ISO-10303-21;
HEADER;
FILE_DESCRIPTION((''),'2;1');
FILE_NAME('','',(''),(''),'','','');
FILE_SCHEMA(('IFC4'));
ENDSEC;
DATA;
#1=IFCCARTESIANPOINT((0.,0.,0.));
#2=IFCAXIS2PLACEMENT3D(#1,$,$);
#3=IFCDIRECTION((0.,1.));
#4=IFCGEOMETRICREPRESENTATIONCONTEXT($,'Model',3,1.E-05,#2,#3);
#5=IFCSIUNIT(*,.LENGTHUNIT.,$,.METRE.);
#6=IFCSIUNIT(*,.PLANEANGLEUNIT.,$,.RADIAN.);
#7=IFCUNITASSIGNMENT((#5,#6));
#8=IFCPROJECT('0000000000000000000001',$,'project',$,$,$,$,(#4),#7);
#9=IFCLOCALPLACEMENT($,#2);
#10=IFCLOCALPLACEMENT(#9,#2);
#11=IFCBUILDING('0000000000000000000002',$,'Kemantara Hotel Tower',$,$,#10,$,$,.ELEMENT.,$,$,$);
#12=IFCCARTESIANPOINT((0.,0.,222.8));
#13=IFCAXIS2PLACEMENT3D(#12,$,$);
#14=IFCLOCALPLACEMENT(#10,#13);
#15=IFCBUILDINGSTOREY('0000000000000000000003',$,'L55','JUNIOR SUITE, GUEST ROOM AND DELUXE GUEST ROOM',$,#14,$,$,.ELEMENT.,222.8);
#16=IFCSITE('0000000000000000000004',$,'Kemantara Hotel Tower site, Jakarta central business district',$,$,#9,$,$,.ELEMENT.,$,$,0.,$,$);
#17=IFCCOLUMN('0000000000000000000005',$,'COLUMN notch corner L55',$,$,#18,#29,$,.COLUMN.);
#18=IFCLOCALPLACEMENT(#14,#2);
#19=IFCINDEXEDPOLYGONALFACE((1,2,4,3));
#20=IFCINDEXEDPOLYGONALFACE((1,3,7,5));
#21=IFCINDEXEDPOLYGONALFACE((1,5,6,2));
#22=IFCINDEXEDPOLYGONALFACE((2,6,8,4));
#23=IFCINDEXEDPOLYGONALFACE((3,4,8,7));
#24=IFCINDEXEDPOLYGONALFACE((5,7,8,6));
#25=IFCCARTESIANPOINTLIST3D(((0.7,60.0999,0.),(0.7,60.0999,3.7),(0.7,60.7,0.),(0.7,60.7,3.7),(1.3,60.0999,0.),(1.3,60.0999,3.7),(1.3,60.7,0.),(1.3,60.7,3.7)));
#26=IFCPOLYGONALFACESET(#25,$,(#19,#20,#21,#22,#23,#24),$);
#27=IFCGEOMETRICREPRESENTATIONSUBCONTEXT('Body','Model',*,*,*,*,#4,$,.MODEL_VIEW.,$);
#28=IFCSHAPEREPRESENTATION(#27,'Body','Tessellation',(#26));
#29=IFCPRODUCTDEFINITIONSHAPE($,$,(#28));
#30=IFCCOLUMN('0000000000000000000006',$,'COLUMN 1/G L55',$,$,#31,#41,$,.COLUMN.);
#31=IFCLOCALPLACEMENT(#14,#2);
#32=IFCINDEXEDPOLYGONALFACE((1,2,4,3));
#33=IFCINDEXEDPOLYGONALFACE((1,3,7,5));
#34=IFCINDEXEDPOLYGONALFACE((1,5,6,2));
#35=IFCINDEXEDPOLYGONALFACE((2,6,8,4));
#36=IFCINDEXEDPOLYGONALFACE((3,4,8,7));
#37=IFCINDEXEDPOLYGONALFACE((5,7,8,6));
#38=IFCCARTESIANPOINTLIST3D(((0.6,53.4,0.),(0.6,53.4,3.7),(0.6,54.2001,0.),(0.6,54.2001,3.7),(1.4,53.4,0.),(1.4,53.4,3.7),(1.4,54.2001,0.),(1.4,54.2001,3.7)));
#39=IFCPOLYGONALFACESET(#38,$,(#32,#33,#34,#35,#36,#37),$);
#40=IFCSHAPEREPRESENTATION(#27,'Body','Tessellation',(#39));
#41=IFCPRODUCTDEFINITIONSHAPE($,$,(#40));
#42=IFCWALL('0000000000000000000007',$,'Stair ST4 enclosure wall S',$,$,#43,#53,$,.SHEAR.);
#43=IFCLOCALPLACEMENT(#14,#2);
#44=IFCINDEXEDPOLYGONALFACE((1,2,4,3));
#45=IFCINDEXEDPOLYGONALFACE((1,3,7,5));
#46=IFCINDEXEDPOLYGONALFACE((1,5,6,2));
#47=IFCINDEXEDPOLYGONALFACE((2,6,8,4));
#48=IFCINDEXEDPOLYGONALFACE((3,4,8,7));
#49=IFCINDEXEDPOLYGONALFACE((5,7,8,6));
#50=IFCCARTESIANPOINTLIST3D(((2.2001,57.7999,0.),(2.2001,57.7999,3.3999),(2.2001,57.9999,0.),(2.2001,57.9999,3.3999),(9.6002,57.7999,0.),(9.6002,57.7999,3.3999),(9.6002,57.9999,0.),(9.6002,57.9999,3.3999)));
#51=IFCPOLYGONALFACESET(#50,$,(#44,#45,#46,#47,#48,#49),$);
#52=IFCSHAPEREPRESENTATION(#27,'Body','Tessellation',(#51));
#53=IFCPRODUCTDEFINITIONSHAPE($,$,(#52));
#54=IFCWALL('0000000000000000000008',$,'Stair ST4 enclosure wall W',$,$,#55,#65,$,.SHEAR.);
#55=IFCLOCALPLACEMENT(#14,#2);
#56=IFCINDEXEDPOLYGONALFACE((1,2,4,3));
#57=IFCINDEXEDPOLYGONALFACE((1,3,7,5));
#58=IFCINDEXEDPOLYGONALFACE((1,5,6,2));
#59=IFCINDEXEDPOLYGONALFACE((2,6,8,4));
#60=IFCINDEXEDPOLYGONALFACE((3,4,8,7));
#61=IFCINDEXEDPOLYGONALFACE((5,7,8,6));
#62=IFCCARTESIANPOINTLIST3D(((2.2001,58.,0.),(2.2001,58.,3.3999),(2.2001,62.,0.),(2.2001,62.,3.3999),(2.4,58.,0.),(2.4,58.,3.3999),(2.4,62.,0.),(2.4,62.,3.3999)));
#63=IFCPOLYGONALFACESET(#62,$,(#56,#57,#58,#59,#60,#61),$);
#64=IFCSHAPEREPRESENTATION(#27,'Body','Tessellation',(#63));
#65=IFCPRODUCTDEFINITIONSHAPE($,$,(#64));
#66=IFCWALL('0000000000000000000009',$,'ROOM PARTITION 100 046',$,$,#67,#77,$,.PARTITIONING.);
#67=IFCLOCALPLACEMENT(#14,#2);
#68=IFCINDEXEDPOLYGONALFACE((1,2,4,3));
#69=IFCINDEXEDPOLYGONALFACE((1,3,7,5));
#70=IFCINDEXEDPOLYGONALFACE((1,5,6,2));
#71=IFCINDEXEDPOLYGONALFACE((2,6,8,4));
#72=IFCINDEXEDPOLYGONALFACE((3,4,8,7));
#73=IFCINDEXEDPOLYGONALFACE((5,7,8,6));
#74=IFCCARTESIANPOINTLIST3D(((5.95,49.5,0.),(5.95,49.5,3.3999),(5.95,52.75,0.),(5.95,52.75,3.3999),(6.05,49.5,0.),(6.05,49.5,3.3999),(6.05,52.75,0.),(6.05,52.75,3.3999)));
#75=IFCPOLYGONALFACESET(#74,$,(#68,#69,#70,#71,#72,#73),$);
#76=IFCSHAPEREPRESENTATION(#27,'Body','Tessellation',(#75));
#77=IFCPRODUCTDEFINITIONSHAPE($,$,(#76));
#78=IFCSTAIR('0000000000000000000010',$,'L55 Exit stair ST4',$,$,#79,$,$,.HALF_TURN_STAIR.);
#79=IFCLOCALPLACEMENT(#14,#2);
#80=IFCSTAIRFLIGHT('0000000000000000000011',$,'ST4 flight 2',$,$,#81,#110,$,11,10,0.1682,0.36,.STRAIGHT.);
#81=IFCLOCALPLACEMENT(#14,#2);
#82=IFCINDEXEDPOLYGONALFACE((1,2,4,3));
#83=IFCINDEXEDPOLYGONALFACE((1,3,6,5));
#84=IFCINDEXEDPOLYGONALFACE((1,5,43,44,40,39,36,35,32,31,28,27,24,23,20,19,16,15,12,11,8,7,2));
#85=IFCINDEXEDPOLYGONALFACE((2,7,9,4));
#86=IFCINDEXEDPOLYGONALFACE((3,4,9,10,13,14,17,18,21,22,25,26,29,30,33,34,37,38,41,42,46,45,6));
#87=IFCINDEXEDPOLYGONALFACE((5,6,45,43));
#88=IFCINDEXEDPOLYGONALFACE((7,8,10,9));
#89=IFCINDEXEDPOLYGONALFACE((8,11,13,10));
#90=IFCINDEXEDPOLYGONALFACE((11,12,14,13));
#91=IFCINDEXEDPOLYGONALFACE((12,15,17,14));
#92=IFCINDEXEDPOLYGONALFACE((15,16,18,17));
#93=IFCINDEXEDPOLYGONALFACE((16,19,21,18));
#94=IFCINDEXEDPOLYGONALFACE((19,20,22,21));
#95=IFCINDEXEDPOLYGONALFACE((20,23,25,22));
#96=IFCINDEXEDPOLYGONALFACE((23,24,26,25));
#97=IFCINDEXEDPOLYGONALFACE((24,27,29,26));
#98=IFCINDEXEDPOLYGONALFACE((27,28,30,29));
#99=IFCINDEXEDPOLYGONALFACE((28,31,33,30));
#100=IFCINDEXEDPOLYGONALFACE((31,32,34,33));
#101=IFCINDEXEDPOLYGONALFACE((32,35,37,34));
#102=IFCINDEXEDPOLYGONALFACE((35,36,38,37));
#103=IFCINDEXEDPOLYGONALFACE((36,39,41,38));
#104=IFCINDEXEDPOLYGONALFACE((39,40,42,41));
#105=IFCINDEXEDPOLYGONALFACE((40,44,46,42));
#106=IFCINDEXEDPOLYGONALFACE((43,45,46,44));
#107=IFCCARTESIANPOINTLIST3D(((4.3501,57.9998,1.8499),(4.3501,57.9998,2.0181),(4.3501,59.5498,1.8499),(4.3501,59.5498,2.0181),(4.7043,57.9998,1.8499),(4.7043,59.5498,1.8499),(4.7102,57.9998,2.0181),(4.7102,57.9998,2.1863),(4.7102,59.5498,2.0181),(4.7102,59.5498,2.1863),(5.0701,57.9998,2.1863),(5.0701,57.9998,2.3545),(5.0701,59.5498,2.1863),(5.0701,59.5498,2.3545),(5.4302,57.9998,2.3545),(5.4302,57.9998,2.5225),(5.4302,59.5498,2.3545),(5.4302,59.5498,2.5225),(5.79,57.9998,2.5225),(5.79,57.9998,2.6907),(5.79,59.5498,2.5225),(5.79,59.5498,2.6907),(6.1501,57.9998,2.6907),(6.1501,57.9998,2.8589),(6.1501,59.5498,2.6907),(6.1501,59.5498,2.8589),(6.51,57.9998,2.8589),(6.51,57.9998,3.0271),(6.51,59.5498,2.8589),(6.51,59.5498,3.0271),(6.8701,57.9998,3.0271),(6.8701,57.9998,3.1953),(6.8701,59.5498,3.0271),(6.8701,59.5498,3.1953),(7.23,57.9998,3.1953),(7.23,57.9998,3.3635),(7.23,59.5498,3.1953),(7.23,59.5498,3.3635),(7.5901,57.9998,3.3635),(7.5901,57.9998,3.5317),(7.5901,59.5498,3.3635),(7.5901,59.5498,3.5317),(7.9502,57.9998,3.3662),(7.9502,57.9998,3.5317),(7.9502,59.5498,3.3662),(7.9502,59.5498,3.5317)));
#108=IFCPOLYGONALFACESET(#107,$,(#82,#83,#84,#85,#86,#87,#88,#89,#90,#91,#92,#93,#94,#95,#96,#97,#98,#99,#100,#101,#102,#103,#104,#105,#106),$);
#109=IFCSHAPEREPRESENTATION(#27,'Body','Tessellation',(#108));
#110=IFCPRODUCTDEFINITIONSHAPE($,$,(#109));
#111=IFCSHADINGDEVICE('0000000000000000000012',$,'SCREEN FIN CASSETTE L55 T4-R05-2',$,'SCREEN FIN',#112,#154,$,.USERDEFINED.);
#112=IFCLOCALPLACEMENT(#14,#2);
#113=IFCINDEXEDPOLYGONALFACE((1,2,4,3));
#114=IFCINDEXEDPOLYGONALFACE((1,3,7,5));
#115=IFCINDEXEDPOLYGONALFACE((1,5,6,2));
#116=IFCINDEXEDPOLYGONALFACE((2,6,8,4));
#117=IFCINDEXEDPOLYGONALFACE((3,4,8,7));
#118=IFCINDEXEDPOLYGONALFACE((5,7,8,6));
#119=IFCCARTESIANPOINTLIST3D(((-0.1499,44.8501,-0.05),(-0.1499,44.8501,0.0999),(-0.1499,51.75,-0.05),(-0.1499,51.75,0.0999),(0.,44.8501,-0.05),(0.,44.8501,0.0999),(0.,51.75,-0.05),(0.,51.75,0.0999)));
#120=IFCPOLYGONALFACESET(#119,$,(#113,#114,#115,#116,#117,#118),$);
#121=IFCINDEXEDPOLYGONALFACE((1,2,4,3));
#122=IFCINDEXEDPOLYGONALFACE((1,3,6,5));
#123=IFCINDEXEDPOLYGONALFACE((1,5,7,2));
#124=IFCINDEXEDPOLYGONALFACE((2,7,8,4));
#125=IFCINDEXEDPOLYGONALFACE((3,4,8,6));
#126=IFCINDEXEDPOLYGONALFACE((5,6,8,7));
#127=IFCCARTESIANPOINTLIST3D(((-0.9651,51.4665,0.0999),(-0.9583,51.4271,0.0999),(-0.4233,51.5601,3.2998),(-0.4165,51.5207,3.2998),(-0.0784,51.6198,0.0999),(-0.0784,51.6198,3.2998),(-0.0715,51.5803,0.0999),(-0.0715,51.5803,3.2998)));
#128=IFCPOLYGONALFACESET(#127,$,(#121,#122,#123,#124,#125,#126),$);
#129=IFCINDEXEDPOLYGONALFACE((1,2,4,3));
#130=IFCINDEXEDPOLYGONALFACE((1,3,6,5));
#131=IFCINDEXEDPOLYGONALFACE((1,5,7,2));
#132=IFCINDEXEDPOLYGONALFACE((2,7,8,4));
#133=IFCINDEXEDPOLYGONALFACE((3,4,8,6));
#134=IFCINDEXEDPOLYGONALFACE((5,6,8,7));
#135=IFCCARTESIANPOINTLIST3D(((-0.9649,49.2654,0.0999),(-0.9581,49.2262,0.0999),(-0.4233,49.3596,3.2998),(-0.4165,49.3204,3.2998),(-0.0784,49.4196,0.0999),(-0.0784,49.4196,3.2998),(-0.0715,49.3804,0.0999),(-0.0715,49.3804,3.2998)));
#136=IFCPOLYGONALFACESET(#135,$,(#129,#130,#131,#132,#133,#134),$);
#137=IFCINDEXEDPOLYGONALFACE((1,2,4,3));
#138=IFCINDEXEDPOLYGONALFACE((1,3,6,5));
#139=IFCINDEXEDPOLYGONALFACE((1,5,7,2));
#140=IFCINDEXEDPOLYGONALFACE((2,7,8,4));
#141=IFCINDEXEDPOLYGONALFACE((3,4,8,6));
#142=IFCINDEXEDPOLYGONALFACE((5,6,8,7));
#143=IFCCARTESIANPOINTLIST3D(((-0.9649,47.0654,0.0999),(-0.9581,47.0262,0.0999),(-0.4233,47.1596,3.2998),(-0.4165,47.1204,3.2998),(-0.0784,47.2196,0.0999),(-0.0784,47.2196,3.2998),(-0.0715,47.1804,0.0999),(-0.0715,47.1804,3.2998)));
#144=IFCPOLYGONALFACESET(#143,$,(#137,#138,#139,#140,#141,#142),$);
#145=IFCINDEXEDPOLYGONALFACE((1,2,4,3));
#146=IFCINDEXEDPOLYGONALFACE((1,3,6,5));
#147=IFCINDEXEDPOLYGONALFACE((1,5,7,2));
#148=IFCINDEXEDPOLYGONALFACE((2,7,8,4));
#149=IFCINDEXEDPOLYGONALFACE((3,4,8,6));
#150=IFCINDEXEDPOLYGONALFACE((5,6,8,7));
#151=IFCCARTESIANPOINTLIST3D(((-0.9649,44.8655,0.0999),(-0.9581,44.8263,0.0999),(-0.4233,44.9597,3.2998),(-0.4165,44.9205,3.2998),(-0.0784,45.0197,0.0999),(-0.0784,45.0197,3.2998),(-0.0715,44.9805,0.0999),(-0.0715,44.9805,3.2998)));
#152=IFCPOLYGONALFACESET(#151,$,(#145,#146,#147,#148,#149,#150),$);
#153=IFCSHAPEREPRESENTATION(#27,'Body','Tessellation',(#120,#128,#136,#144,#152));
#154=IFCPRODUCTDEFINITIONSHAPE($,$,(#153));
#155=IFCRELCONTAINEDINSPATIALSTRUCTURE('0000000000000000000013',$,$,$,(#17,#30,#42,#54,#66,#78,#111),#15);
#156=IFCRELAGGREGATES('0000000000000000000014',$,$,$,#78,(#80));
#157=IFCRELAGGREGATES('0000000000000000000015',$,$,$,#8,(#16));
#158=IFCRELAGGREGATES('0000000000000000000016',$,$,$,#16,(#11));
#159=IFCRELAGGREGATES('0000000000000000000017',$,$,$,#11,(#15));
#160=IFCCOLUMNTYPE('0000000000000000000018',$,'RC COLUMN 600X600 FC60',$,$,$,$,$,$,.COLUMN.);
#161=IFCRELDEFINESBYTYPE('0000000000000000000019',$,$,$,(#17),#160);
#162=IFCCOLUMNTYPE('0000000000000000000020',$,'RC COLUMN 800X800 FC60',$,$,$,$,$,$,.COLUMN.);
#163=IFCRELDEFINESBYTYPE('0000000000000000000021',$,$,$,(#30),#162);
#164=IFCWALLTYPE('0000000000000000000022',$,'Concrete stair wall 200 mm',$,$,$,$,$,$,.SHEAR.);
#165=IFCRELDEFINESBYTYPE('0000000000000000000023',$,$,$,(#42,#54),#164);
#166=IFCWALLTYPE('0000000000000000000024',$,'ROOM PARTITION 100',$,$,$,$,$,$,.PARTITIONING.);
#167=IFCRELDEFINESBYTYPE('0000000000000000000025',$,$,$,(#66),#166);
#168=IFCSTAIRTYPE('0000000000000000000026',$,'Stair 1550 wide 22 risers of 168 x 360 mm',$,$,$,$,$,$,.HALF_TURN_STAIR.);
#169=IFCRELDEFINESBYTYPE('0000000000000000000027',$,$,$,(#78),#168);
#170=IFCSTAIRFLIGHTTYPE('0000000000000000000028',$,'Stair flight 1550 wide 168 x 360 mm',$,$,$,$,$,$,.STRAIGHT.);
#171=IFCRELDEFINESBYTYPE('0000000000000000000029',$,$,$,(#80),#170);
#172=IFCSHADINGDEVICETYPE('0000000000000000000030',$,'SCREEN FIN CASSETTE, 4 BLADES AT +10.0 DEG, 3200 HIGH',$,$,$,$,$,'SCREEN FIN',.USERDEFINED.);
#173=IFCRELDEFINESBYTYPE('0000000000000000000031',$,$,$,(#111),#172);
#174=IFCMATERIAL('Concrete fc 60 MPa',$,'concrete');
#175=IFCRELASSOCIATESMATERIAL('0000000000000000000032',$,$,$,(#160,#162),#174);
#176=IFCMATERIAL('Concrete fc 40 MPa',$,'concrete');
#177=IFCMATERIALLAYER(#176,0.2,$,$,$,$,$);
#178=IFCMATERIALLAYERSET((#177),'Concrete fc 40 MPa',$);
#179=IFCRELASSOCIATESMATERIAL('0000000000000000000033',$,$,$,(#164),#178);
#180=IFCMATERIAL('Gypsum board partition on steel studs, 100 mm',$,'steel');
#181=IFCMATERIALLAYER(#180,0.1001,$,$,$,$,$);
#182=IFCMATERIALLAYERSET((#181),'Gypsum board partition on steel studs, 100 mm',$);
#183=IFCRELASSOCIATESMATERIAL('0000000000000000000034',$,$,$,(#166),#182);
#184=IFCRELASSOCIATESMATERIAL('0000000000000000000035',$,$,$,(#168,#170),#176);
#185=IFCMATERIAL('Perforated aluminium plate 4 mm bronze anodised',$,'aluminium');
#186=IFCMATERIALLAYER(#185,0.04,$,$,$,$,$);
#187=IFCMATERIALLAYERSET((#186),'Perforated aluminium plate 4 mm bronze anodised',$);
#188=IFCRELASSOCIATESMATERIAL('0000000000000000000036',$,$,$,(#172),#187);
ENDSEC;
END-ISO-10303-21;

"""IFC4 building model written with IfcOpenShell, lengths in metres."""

from ifc_helpers import new_model, si_unit, direction, frame, frame_2d, origin, origin_2d, place, context, subcontext, project, spatial, polyline, rectangle, outline, extrude, source, transform, mapped, material, layer, layer_set, material_profile, profile_set, type_object, element, aggregate, save


model = new_model("IFC4")

# Units and contexts
model_context = context("Model", 3, precision=1e-05, world=origin(), true_north=direction((0.0, 1.0)))
body_context = subcontext(model_context, "Body", "Model", "MODEL_VIEW")
ifc_project = project(units=[si_unit("LENGTHUNIT", "METRE"), si_unit("PLANEANGLEUNIT", "RADIAN")], contexts=[model_context])

# Site, building, storey
site_placement = place(None, origin())
site = spatial("IfcSite", under=ifc_project, at=site_placement, Name="Kemantara Hotel Tower site, Jakarta central business district", CompositionType="ELEMENT", RefElevation=0.0)
building_placement = place(site_placement, origin())
building = spatial("IfcBuilding", under=site, at=building_placement, Name="Kemantara Hotel Tower", CompositionType="ELEMENT")
storey_placement = place(building_placement, frame((0.0, 0.0, 222.8)))
storey = spatial("IfcBuildingStorey", under=building, at=storey_placement, Name="L55", Description="JUNIOR SUITE, GUEST ROOM AND DELUXE GUEST ROOM", CompositionType="ELEMENT", Elevation=222.8)

# Columns
ifc_material_1 = material(Name="Concrete fc 60 MPa", Category="concrete")
ifc_material_profile_1 = material_profile(ifc_material_1, rectangle(XDim=0.6001, YDim=0.6001, at=origin_2d()), Name="RC 600X600")
ifc_profile_set_1 = profile_set([ifc_material_profile_1], Name="Concrete fc 60 MPa")
column_type_1 = type_object("IfcColumnType", Name="RC COLUMN 600X600 FC60", PredefinedType="COLUMN", material=ifc_profile_set_1)
column_1_placement = place(storey_placement, frame((1.0, 60.3999, 0.0), z_axis=(0.0, 0.0, 1.0), x_axis=(1.0, 0.0, 0.0)))
element("IfcColumn", 1, at=column_1_placement, inside=storey, type_object=column_type_1, Name="COLUMN notch corner L55", PredefinedType="COLUMN", context=body_context, shape_type="SweptSolid", body=[
    extrude(rectangle(XDim=0.6001, YDim=0.6001, at=origin_2d()), origin(), (0.0, 0.0, 1.0), 3.7),
])
ifc_material_profile_2 = material_profile(ifc_material_1, rectangle(XDim=0.8, YDim=0.8, at=origin_2d()), Name="RC 800X800")
ifc_profile_set_2 = profile_set([ifc_material_profile_2], Name="Concrete fc 60 MPa")
column_type_2 = type_object("IfcColumnType", Name="RC COLUMN 800X800 FC60", PredefinedType="COLUMN", material=ifc_profile_set_2)
column_2_placement = place(storey_placement, frame((1.0, 53.8, 0.0), z_axis=(0.0, 0.0, 1.0), x_axis=(1.0, 0.0, 0.0)))
element("IfcColumn", 2, at=column_2_placement, inside=storey, type_object=column_type_2, Name="COLUMN 1/G L55", PredefinedType="COLUMN", context=body_context, shape_type="SweptSolid", body=[
    extrude(rectangle(XDim=0.8, YDim=0.8, at=origin_2d()), origin(), (0.0, 0.0, 1.0), 3.7),
])

# Walls
ifc_material_2 = material(Name="Concrete fc 40 MPa", Category="concrete")
ifc_layer_1 = layer(ifc_material_2, 0.2)
ifc_layer_set_1 = layer_set([ifc_layer_1], Name="Concrete fc 40 MPa")
wall_type_1 = type_object("IfcWallType", Name="Concrete stair wall 200 mm", PredefinedType="SHEAR", material=ifc_layer_set_1)
wall_1_placement = place(storey_placement, frame((2.2, 57.8999, 0.0), z_axis=(0.0, 0.0, 1.0), x_axis=(1.0, 0.0, 0.0)))
element("IfcWall", 3, at=wall_1_placement, inside=storey, type_object=wall_type_1, Name="Stair ST4 enclosure wall S", PredefinedType="SHEAR", context=body_context, shape_type="SweptSolid", body=[
    extrude(rectangle(XDim=7.4001, YDim=0.2, at=frame_2d((3.7002, 0.0))), origin(), (0.0, 0.0, 1.0), 3.3999),
])
wall_2_placement = place(storey_placement, frame((2.3, 58.0, 0.0), z_axis=(0.0, 0.0, 1.0), x_axis=(0.0, 1.0, 0.0)))
element("IfcWall", 4, at=wall_2_placement, inside=storey, type_object=wall_type_1, Name="Stair ST4 enclosure wall W", PredefinedType="SHEAR", context=body_context, shape_type="SweptSolid", body=[
    extrude(rectangle(XDim=4.0, YDim=0.2, at=frame_2d((2.0, 0.0))), origin(), (0.0, 0.0, 1.0), 3.3999),
])
ifc_material_3 = material(Name="Gypsum board partition on steel studs, 100 mm", Category="steel")
ifc_layer_2 = layer(ifc_material_3, 0.1001)
ifc_layer_set_2 = layer_set([ifc_layer_2], Name="Gypsum board partition on steel studs, 100 mm")
wall_type_2 = type_object("IfcWallType", Name="ROOM PARTITION 100", PredefinedType="PARTITIONING", material=ifc_layer_set_2)
wall_3_placement = place(storey_placement, frame((6.0, 49.5, 0.0), z_axis=(0.0, 0.0, 1.0), x_axis=(0.0, 1.0, 0.0)))
element("IfcWall", 5, at=wall_3_placement, inside=storey, type_object=wall_type_2, Name="ROOM PARTITION 100 046", PredefinedType="PARTITIONING", context=body_context, shape_type="SweptSolid", body=[
    extrude(rectangle(XDim=3.25, YDim=0.1001, at=frame_2d((1.625, 0.0))), origin(), (0.0, 0.0, 1.0), 3.3999),
])

# Stair, stair flight
stair_type = type_object("IfcStairType", Name="Stair 1550 wide 22 risers of 168 x 360 mm", PredefinedType="HALF_TURN_STAIR", material=ifc_material_2)
stair_placement = place(storey_placement, origin())
stair = element("IfcStair", 6, at=stair_placement, inside=storey, type_object=stair_type, Name="L55 Exit stair ST4", PredefinedType="HALF_TURN_STAIR")
stair_flight_type = type_object("IfcStairFlightType", Name="Stair flight 1550 wide 168 x 360 mm", PredefinedType="STRAIGHT", material=ifc_material_2)
stair_flight_placement = place(storey_placement, frame((4.3501, 58.7749, 1.8499), z_axis=(0.0, 0.0, 1.0), x_axis=(1.0, 0.0, 0.0)))
stair_flight = element("IfcStairFlight", 7, at=stair_flight_placement, type_object=stair_flight_type, Name="ST4 flight 2", NumberOfRisers=11, NumberOfTreads=10, PredefinedType="STRAIGHT", RiserHeight=0.1682, TreadLength=0.36, context=body_context, shape_type="SweptSolid", body=[
    extrude(outline(polyline([(0.0, 0.0), (0.0, 0.1682), (0.3601, 0.1682), (0.3601, 0.3364), (0.72, 0.3364), (0.72, 0.5046), (1.0801, 0.5046), (1.0801, 0.6726), (1.4399, 0.6726), (1.4399, 0.8408), (1.8, 0.8408), (1.8, 1.009), (2.1599, 1.009), (2.1599, 1.1772), (2.52, 1.1772), (2.52, 1.3455), (2.8799, 1.3455), (2.8799, 1.5137), (3.24, 1.5137), (3.24, 1.6819), (3.6001, 1.6819), (3.6001, 1.8501), (3.6001, 1.5164), (0.3542, 0.0), (0.0, 0.0)])), frame((0.0, 0.7749, 0.0), z_axis=(0.0, -1.0, 0.0), x_axis=(1.0, 0.0, 0.0)), (0.0, 0.0, 1.0), 1.55),
])
aggregate(stair, [stair_flight])

# Shading device
ifc_material_4 = material(Name="Perforated aluminium plate 4 mm bronze anodised", Category="aluminium")
ifc_layer_3 = layer(ifc_material_4, 0.04)
ifc_layer_set_3 = layer_set([ifc_layer_3], Name="Perforated aluminium plate 4 mm bronze anodised")
shading_device_type_1 = type_object("IfcShadingDeviceType", Name="SCREEN FIN CASSETTE, 4 BLADES AT +10.0 DEG, 3200 HIGH", ElementType="SCREEN FIN", PredefinedType="USERDEFINED", material=ifc_layer_set_3)
shared_shape_1 = source(origin(), body_context, "Body", "SweptSolid", [
    extrude(rectangle(XDim=6.8999, YDim=0.1499, at=origin_2d()), frame((3.3, -0.075, -0.1499), z_axis=(0.0, 0.0, 1.0), x_axis=(1.0, 0.0, 0.0)), (0.0, 0.0, 1.0), 0.1499),
    extrude(outline(polyline([(0.0, 0.0), (0.8999, 0.0), (0.3501, 3.2), (0.0, 3.2), (0.0, 0.0)])), frame((0.0198, -0.0715, 0.0), z_axis=(-0.98539, -0.170314, 0.0), x_axis=(0.170314, -0.98539, 0.0)), (0.0, 0.0, 1.0), 0.04),
    extrude(outline(polyline([(0.0, 0.0), (0.8999, 0.0), (0.3501, 3.2), (0.0, 3.2), (0.0, 0.0)])), frame((2.2197, -0.0715, 0.0), z_axis=(-0.985212, -0.171341, 0.0), x_axis=(0.171341, -0.985212, 0.0)), (0.0, 0.0, 1.0), 0.0398),
    extrude(outline(polyline([(0.0, 0.0), (0.8999, 0.0), (0.3501, 3.2), (0.0, 3.2), (0.0, 0.0)])), frame((4.4197, -0.0715, 0.0), z_axis=(-0.985212, -0.171341, 0.0), x_axis=(0.171341, -0.985212, 0.0)), (0.0, 0.0, 1.0), 0.0398),
    extrude(outline(polyline([(0.0, 0.0), (0.8999, 0.0), (0.3501, 3.2), (0.0, 3.2), (0.0, 0.0)])), frame((6.6196, -0.0715, 0.0), z_axis=(-0.985212, -0.171341, 0.0), x_axis=(0.171341, -0.985212, 0.0)), (0.0, 0.0, 1.0), 0.0398),
])
shading_device_1_placement = place(storey_placement, frame((0.0, 51.6001, 0.0999), z_axis=(0.0, 0.0, 1.0), x_axis=(0.0, -1.0, 0.0)))
element("IfcShadingDevice", 8, at=shading_device_1_placement, inside=storey, type_object=shading_device_type_1, Name="SCREEN FIN CASSETTE L55 T4-R05-2", ObjectType="SCREEN FIN", PredefinedType="USERDEFINED", context=body_context, shape_type="MappedRepresentation", body=[
    mapped(shared_shape_1, transform((0.0, 0.0, 0.0))),
])

save(model, "model.ifc")
